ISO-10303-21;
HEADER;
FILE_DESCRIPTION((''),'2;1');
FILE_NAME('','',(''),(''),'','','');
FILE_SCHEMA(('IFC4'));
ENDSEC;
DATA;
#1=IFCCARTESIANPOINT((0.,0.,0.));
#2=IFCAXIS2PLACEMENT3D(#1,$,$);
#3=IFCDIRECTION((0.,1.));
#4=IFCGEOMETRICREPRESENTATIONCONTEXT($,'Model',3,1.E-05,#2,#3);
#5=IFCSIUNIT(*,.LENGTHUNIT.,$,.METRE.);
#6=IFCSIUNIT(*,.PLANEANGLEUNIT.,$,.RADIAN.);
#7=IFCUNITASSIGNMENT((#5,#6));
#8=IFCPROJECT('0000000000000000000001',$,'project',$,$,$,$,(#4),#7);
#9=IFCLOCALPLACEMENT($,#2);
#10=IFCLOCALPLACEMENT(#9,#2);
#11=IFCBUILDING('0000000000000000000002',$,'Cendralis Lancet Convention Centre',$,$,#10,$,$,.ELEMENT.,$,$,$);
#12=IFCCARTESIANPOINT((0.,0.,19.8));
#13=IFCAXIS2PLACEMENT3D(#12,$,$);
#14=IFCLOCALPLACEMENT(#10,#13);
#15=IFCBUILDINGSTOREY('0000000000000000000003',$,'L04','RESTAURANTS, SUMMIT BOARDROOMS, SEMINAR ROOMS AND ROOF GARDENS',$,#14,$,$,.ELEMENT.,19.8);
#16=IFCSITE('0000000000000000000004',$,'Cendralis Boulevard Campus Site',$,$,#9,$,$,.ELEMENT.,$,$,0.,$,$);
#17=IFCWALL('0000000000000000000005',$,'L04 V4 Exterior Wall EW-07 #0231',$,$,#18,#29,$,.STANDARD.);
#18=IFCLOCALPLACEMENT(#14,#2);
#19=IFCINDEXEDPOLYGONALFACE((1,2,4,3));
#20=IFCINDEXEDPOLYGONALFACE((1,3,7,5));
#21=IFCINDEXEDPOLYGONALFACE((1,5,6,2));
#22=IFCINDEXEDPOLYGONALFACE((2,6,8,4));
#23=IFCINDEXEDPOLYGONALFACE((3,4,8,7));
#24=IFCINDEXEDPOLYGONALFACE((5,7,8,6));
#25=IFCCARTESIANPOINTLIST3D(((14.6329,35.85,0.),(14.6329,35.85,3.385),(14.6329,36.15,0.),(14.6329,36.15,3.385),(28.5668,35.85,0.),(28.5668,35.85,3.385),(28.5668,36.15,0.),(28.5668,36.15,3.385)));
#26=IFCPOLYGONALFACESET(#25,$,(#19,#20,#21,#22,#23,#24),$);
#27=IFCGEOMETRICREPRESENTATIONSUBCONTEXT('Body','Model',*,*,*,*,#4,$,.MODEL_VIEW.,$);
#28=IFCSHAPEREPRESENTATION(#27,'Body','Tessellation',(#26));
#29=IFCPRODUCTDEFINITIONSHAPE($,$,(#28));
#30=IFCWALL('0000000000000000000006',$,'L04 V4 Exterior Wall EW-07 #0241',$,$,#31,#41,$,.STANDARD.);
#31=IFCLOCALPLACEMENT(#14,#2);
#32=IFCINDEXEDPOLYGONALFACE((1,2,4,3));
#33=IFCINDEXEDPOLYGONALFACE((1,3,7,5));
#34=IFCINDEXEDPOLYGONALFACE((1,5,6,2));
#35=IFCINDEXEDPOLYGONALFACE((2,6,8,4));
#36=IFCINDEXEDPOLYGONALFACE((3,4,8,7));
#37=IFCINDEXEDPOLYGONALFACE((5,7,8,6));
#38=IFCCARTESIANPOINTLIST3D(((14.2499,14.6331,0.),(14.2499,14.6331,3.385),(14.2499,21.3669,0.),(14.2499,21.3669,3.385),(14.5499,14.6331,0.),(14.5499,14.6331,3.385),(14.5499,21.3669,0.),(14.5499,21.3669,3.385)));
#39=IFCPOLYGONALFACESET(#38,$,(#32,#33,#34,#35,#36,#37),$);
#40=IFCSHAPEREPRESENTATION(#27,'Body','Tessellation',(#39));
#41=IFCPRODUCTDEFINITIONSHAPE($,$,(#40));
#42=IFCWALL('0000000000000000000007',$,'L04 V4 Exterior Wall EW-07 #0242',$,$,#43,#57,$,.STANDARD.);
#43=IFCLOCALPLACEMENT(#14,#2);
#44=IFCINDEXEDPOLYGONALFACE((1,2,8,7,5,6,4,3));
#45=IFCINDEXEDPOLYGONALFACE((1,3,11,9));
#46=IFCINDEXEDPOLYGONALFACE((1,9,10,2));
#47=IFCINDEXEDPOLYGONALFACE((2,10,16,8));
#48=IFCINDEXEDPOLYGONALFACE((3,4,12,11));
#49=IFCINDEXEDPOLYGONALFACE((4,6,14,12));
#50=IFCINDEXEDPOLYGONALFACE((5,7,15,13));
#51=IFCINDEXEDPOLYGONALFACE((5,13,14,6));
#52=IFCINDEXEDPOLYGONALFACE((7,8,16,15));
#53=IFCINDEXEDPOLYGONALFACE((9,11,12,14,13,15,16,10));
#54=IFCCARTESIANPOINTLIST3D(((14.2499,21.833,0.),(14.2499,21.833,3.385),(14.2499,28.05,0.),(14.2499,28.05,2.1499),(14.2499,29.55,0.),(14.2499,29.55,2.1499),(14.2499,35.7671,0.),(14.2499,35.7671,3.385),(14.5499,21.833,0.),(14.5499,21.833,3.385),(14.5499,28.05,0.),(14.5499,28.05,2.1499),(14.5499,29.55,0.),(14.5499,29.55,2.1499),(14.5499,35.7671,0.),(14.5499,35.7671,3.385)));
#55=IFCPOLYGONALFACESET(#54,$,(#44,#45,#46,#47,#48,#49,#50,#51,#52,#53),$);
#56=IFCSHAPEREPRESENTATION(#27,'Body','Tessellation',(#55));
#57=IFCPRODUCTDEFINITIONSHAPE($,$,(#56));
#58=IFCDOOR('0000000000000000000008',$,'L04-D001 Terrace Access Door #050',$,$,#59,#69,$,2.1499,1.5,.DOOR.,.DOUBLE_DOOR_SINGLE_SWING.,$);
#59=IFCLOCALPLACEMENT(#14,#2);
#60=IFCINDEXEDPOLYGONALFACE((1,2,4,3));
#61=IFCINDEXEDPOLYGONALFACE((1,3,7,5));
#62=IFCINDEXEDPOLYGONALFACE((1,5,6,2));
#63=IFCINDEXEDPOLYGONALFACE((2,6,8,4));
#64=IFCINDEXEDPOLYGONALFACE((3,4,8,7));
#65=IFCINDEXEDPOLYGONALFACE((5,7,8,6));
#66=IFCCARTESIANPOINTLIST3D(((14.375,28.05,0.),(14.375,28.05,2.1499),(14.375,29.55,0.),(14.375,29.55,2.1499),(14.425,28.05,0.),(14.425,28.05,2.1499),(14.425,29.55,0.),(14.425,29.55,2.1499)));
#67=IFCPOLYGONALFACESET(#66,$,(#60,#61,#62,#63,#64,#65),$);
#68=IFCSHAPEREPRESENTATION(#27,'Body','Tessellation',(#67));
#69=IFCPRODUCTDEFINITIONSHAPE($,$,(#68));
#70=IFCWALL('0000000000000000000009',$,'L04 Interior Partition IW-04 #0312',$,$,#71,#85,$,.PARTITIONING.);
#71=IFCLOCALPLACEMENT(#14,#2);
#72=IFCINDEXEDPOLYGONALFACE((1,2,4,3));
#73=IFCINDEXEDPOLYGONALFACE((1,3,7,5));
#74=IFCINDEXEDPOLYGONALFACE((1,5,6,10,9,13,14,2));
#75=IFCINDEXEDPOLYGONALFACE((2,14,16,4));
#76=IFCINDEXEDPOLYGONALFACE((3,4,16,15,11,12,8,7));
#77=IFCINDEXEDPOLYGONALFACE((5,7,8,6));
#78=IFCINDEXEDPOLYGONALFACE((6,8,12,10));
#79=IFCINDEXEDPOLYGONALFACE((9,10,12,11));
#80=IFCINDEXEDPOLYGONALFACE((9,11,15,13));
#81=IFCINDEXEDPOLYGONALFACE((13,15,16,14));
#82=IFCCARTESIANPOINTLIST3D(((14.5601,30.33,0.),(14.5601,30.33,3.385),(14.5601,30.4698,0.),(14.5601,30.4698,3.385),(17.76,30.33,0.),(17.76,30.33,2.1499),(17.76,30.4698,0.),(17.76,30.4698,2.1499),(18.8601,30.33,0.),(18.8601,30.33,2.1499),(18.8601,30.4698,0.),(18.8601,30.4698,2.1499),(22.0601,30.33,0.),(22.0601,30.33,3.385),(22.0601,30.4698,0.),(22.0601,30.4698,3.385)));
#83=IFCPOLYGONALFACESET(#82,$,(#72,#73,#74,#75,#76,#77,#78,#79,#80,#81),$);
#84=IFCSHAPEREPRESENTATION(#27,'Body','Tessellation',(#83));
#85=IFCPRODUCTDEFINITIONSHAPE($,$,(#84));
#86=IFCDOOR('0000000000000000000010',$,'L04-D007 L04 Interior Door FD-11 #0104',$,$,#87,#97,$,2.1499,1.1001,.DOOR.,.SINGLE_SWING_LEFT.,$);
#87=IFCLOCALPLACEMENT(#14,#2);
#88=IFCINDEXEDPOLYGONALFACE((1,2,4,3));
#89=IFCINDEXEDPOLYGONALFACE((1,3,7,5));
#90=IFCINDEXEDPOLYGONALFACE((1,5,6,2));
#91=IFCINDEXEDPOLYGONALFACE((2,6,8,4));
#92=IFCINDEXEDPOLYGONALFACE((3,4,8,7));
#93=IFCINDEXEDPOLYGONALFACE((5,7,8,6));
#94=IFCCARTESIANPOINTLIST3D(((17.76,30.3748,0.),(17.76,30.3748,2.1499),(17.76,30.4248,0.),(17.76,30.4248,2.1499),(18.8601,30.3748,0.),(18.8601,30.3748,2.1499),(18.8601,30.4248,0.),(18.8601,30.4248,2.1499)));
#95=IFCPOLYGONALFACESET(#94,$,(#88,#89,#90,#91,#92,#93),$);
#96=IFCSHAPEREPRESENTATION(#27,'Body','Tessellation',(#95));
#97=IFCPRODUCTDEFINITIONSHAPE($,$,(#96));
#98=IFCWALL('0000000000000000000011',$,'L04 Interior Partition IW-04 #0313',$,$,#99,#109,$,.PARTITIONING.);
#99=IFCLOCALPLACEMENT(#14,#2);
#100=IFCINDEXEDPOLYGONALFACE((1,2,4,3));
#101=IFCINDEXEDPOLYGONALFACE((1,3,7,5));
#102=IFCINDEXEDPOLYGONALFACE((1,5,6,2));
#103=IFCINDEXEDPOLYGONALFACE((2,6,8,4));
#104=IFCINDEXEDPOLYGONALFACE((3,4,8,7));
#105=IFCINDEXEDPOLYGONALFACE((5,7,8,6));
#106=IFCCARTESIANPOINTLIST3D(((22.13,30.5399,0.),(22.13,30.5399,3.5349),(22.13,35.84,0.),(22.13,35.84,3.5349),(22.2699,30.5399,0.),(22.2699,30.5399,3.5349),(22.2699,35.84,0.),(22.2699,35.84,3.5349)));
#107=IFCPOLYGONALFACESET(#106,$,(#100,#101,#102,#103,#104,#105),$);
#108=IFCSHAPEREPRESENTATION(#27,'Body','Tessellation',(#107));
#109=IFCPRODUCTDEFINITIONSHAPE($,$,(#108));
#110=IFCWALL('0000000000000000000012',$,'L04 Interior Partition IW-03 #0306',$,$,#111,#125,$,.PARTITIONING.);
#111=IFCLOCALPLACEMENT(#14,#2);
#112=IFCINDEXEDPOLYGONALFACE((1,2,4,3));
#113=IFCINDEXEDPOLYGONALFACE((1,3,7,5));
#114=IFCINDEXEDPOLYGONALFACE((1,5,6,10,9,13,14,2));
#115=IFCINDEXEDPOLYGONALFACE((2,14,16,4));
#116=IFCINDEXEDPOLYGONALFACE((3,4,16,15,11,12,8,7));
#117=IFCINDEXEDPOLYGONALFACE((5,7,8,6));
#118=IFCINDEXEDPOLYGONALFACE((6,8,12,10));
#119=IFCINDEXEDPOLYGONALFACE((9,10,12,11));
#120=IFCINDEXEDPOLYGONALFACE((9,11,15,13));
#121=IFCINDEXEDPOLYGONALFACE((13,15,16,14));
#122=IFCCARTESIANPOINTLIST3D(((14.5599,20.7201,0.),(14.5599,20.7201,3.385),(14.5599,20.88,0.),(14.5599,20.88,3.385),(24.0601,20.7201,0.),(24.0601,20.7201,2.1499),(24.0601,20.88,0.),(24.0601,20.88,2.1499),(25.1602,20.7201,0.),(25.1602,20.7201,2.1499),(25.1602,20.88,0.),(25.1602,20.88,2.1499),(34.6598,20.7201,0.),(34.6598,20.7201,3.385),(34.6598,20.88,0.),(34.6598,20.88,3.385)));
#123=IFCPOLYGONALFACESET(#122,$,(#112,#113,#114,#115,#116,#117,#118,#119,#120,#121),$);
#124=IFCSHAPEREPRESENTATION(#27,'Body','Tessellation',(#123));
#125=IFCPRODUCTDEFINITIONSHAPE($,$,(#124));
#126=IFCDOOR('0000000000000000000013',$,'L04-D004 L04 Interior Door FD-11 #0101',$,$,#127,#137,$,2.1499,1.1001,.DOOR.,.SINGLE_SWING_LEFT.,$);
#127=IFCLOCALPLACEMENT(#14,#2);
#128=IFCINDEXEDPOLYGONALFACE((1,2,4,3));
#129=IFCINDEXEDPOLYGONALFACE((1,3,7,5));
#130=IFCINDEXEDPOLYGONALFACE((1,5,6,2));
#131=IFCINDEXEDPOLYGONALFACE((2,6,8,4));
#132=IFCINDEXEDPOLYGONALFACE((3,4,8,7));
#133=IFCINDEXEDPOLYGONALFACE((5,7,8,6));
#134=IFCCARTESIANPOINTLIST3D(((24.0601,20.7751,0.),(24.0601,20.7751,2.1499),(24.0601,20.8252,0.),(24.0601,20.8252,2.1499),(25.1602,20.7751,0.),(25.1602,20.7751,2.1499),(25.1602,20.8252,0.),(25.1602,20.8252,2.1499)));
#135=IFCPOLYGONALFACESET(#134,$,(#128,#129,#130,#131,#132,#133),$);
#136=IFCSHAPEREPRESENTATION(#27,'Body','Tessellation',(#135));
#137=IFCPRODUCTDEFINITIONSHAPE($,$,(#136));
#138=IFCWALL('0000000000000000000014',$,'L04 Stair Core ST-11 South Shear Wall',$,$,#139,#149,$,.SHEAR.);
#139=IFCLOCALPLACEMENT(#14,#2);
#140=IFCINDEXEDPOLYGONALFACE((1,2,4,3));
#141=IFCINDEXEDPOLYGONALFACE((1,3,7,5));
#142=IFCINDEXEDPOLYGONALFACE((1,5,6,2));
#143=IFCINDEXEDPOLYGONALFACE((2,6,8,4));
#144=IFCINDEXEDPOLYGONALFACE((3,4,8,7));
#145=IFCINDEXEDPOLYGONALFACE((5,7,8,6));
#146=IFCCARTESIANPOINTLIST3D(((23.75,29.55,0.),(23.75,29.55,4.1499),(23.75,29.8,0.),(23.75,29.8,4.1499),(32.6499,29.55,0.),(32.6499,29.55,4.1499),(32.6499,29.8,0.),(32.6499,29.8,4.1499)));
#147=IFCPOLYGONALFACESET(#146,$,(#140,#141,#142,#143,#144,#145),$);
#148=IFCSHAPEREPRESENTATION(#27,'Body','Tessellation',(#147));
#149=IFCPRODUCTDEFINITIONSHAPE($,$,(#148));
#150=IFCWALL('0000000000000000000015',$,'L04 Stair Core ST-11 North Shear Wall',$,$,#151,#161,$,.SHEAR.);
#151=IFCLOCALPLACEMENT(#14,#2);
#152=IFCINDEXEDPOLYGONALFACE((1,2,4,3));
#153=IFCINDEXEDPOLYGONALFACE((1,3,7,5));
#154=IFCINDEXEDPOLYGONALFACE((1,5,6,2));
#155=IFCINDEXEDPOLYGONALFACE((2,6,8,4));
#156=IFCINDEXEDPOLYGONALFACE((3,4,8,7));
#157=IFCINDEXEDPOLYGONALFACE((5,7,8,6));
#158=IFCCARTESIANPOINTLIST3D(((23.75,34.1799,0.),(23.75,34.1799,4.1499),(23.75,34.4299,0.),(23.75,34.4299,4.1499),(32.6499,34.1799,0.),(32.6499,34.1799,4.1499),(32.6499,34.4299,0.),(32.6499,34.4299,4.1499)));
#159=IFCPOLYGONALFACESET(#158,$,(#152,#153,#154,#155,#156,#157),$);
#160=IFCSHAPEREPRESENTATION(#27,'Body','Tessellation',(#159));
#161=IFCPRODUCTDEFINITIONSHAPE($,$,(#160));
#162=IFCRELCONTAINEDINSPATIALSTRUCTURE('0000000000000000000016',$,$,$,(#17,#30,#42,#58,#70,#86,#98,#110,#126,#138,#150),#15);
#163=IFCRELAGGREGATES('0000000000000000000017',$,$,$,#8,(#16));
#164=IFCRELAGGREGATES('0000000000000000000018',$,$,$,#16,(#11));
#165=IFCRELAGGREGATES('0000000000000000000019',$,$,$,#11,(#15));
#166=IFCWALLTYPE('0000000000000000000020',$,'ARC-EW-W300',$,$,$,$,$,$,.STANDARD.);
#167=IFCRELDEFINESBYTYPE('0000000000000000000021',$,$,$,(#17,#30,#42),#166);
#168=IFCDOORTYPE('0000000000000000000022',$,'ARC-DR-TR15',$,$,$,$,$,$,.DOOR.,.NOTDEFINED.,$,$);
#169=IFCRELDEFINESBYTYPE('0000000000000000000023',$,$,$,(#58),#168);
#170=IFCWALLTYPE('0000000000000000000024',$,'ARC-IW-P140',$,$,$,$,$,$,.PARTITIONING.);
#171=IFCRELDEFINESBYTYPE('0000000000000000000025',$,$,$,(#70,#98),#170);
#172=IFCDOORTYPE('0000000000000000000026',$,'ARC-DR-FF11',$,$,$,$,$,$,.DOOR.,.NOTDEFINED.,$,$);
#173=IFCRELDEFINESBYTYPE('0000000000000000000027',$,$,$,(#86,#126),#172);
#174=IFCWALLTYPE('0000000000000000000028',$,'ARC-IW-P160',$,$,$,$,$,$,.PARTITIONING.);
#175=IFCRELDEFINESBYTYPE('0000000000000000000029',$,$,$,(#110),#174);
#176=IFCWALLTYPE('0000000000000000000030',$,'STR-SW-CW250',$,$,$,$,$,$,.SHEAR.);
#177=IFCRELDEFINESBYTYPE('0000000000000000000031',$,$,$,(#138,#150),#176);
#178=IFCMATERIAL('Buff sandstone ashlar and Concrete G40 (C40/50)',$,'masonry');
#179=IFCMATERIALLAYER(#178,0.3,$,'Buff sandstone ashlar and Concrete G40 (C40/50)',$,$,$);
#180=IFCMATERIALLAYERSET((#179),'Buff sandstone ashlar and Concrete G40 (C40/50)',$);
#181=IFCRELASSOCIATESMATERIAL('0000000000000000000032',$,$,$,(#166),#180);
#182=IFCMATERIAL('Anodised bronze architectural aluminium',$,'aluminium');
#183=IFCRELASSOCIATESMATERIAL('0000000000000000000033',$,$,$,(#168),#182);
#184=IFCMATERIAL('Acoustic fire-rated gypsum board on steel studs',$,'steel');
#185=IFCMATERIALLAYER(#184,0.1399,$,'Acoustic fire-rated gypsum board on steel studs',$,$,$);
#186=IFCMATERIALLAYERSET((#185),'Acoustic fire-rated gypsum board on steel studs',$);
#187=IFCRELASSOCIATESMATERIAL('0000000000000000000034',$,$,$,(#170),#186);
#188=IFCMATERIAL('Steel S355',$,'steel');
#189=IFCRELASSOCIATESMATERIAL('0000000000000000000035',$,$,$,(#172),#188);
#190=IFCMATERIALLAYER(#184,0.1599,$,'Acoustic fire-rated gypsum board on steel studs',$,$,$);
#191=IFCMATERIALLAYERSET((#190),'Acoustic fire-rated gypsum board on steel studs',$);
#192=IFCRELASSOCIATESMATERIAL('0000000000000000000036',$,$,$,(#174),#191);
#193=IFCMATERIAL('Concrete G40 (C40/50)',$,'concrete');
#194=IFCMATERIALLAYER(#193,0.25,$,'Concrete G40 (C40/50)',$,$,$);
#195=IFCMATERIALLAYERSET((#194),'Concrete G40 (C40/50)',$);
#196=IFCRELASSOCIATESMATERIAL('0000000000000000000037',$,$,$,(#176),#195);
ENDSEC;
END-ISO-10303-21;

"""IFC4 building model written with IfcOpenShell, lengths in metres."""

from ifc_helpers import new_model, si_unit, direction, frame, frame_2d, origin, place, context, subcontext, project, spatial, rectangle, extrude, material, layer, layer_set, type_object, element, fill, save


model = new_model("IFC4")

# Units and contexts
model_context = context("Model", 3, precision=1e-05, world=origin(), true_north=direction((0.0, 1.0)))
body_context = subcontext(model_context, "Body", "Model", "MODEL_VIEW")
ifc_project = project(units=[si_unit("LENGTHUNIT", "METRE"), si_unit("PLANEANGLEUNIT", "RADIAN")], contexts=[model_context])

# Site, building, storey
site_placement = place(None, origin())
site = spatial("IfcSite", under=ifc_project, at=site_placement, Name="Cendralis Boulevard Campus Site", CompositionType="ELEMENT", RefElevation=0.0)
building_placement = place(site_placement, origin())
building = spatial("IfcBuilding", under=site, at=building_placement, Name="Cendralis Lancet Convention Centre", CompositionType="ELEMENT")
storey_placement = place(building_placement, frame((0.0, 0.0, 19.8)))
storey = spatial("IfcBuildingStorey", under=building, at=storey_placement, Name="L04", Description="RESTAURANTS, SUMMIT BOARDROOMS, SEMINAR ROOMS AND ROOF GARDENS", CompositionType="ELEMENT", Elevation=19.8)

# Shared definitions
ifc_material_1 = material(Name="Concrete G40 (C40/50)", Category="concrete")

# Shared definitions
ifc_material_2 = material(Name="Steel S355", Category="steel")

# Walls
ifc_material_3 = material(Name="Buff sandstone ashlar and Concrete G40 (C40/50)", Category="masonry")
ifc_layer_1 = layer(ifc_material_3, 0.3, Name="Buff sandstone ashlar and Concrete G40 (C40/50)")
ifc_layer_set_1 = layer_set([ifc_layer_1], Name="Buff sandstone ashlar and Concrete G40 (C40/50)")
wall_type_1 = type_object("IfcWallType", Name="ARC-EW-W300", PredefinedType="STANDARD", material=ifc_layer_set_1)
wall_1_placement = place(storey_placement, frame((14.6331, 36.0, 0.0), z_axis=(0.0, 0.0, 1.0), x_axis=(1.0, 0.0, 0.0)))
element("IfcWall", 1, at=wall_1_placement, inside=storey, type_object=wall_type_1, Name="L04 V4 Exterior Wall EW-07 #0231", PredefinedType="STANDARD", context=body_context, shape_type="SweptSolid", body=[
    extrude(rectangle(XDim=13.9338, YDim=0.3, at=frame_2d((6.9668, 0.0))), origin(), (0.0, 0.0, 1.0), 3.385),
])
wall_2_placement = place(storey_placement, frame((14.3999, 14.6331, 0.0), z_axis=(0.0, 0.0, 1.0), x_axis=(0.0, 1.0, 0.0)))
element("IfcWall", 2, at=wall_2_placement, inside=storey, type_object=wall_type_1, Name="L04 V4 Exterior Wall EW-07 #0241", PredefinedType="STANDARD", context=body_context, shape_type="SweptSolid", body=[
    extrude(rectangle(XDim=6.7339, YDim=0.3, at=frame_2d((3.3669, 0.0))), origin(), (0.0, 0.0, 1.0), 3.385),
])

# Walls, openings, doors
wall_3_placement = place(storey_placement, frame((14.3999, 21.833, 0.0), z_axis=(0.0, 0.0, 1.0), x_axis=(0.0, 1.0, 0.0)))
wall_3 = element("IfcWall", 3, at=wall_3_placement, inside=storey, type_object=wall_type_1, Name="L04 V4 Exterior Wall EW-07 #0242", PredefinedType="STANDARD", context=body_context, shape_type="SweptSolid", body=[
    extrude(rectangle(XDim=13.9341, YDim=0.3, at=frame_2d((6.967, 0.0))), origin(), (0.0, 0.0, 1.0), 3.385),
])
opening_1_placement = place(wall_3_placement, frame((6.217, 0.0, 0.0)))
opening_1 = element("IfcOpeningElement", 4, at=opening_1_placement, cuts=wall_3, PredefinedType="OPENING", context=body_context, shape_type="SweptSolid", body=[
    extrude(rectangle(XDim=1.5, YDim=2.1499, at=frame_2d((0.75, 1.075))), frame((0.0, 0.1599, 0.0), z_axis=(0.0, -1.0, 0.0), x_axis=(1.0, 0.0, 0.0)), (0.0, 0.0, 1.0), 0.3201),
])
ifc_material_4 = material(Name="Anodised bronze architectural aluminium", Category="aluminium")
door_type_1 = type_object("IfcDoorType", Name="ARC-DR-TR15", OperationType="NOTDEFINED", PredefinedType="DOOR", material=ifc_material_4)
door_1_placement = place(opening_1_placement, origin())
door_1 = element("IfcDoor", 5, at=door_1_placement, inside=storey, type_object=door_type_1, Name="L04-D001 Terrace Access Door #050", OperationType="DOUBLE_DOOR_SINGLE_SWING", OverallHeight=2.1499, OverallWidth=1.5, PredefinedType="DOOR", context=body_context, shape_type="SweptSolid", body=[
    extrude(rectangle(XDim=1.5, YDim=2.1499, at=frame_2d((0.75, 1.075))), frame((0.0, 0.0249, 0.0), z_axis=(0.0, -1.0, 0.0), x_axis=(1.0, 0.0, 0.0)), (0.0, 0.0, 1.0), 0.05),
])
fill(opening_1, door_1)
ifc_material_5 = material(Name="Acoustic fire-rated gypsum board on steel studs", Category="steel")
ifc_layer_2 = layer(ifc_material_5, 0.1399, Name="Acoustic fire-rated gypsum board on steel studs")
ifc_layer_set_2 = layer_set([ifc_layer_2], Name="Acoustic fire-rated gypsum board on steel studs")
wall_type_2 = type_object("IfcWallType", Name="ARC-IW-P140", PredefinedType="PARTITIONING", material=ifc_layer_set_2)
wall_4_placement = place(storey_placement, frame((14.5601, 30.3999, 0.0), z_axis=(0.0, 0.0, 1.0), x_axis=(1.0, 0.0, 0.0)))
wall_4 = element("IfcWall", 6, at=wall_4_placement, inside=storey, type_object=wall_type_2, Name="L04 Interior Partition IW-04 #0312", PredefinedType="PARTITIONING", context=body_context, shape_type="SweptSolid", body=[
    extrude(rectangle(XDim=7.5, YDim=0.1399, at=frame_2d((3.75, 0.0))), origin(), (0.0, 0.0, 1.0), 3.385),
])
opening_2_placement = place(wall_4_placement, frame((3.2, 0.0, 0.0)))
opening_2 = element("IfcOpeningElement", 7, at=opening_2_placement, cuts=wall_4, PredefinedType="OPENING", context=body_context, shape_type="SweptSolid", body=[
    extrude(rectangle(XDim=1.1001, YDim=2.1499, at=frame_2d((0.55, 1.075))), frame((0.0, 0.0798, 0.0), z_axis=(0.0, -1.0, 0.0), x_axis=(1.0, 0.0, 0.0)), (0.0, 0.0, 1.0), 0.1599),
])
door_type_2 = type_object("IfcDoorType", Name="ARC-DR-FF11", OperationType="NOTDEFINED", PredefinedType="DOOR", material=ifc_material_2)
door_2_placement = place(opening_2_placement, origin())
door_2 = element("IfcDoor", 8, at=door_2_placement, inside=storey, type_object=door_type_2, Name="L04-D007 L04 Interior Door FD-11 #0104", OperationType="SINGLE_SWING_LEFT", OverallHeight=2.1499, OverallWidth=1.1001, PredefinedType="DOOR", context=body_context, shape_type="SweptSolid", body=[
    extrude(rectangle(XDim=1.1001, YDim=2.1499, at=frame_2d((0.55, 1.075))), frame((0.0, 0.0249, 0.0), z_axis=(0.0, -1.0, 0.0), x_axis=(1.0, 0.0, 0.0)), (0.0, 0.0, 1.0), 0.05),
])
fill(opening_2, door_2)

# Wall
wall_5_placement = place(storey_placement, frame((22.2, 30.54, 0.0), z_axis=(0.0, 0.0, 1.0), x_axis=(0.0, 1.0, 0.0)))
element("IfcWall", 9, at=wall_5_placement, inside=storey, type_object=wall_type_2, Name="L04 Interior Partition IW-04 #0313", PredefinedType="PARTITIONING", context=body_context, shape_type="SweptSolid", body=[
    extrude(rectangle(XDim=5.3, YDim=0.1399, at=frame_2d((2.6499, 0.0))), origin(), (0.0, 0.0, 1.0), 3.5349),
])

# Wall, opening, door
ifc_layer_3 = layer(ifc_material_5, 0.1599, Name="Acoustic fire-rated gypsum board on steel studs")
ifc_layer_set_3 = layer_set([ifc_layer_3], Name="Acoustic fire-rated gypsum board on steel studs")
wall_type_3 = type_object("IfcWallType", Name="ARC-IW-P160", PredefinedType="PARTITIONING", material=ifc_layer_set_3)
wall_6_placement = place(storey_placement, frame((14.5601, 20.8, 0.0), z_axis=(0.0, 0.0, 1.0), x_axis=(1.0, 0.0, 0.0)))
wall_6 = element("IfcWall", 10, at=wall_6_placement, inside=storey, type_object=wall_type_3, Name="L04 Interior Partition IW-03 #0306", PredefinedType="PARTITIONING", context=body_context, shape_type="SweptSolid", body=[
    extrude(rectangle(XDim=20.0999, YDim=0.1599, at=frame_2d((10.0498, 0.0))), origin(), (0.0, 0.0, 1.0), 3.385),
])
opening_3_placement = place(wall_6_placement, frame((9.5, 0.0, 0.0)))
opening_3 = element("IfcOpeningElement", 11, at=opening_3_placement, cuts=wall_6, PredefinedType="OPENING", context=body_context, shape_type="SweptSolid", body=[
    extrude(rectangle(XDim=1.1001, YDim=2.1499, at=frame_2d((0.55, 1.075))), frame((0.0, 0.0898, 0.0), z_axis=(0.0, -1.0, 0.0), x_axis=(1.0, 0.0, 0.0)), (0.0, 0.0, 1.0), 0.1799),
])
door_3_placement = place(opening_3_placement, frame((1.1001, 0.0, 0.0), z_axis=(0.0, 0.0, 1.0), x_axis=(-1.0, 0.0, 0.0)))
door_3 = element("IfcDoor", 12, at=door_3_placement, inside=storey, type_object=door_type_2, Name="L04-D004 L04 Interior Door FD-11 #0101", OperationType="SINGLE_SWING_LEFT", OverallHeight=2.1499, OverallWidth=1.1001, PredefinedType="DOOR", context=body_context, shape_type="SweptSolid", body=[
    extrude(rectangle(XDim=1.1001, YDim=2.1499, at=frame_2d((0.55, 1.075))), frame((0.0, 0.0249, 0.0), z_axis=(0.0, -1.0, 0.0), x_axis=(1.0, 0.0, 0.0)), (0.0, 0.0, 1.0), 0.05),
])
fill(opening_3, door_3)
ifc_layer_4 = layer(ifc_material_1, 0.25, Name="Concrete G40 (C40/50)")
ifc_layer_set_4 = layer_set([ifc_layer_4], Name="Concrete G40 (C40/50)")
wall_type_4 = type_object("IfcWallType", Name="STR-SW-CW250", PredefinedType="SHEAR", material=ifc_layer_set_4)

# Walls
for number, where, z_axis, x_axis, name in (
    (13, (23.75, 29.675, 0.0), (0.0, 0.0, 1.0), (1.0, 0.0, 0.0), "L04 Stair Core ST-11 South Shear Wall"),
    (14, (23.75, 34.3049, 0.0), (0.0, 0.0, 1.0), (1.0, 0.0, 0.0), "L04 Stair Core ST-11 North Shear Wall"),
):
    element("IfcWall", number, at=place(storey_placement, frame(where, z_axis=z_axis, x_axis=x_axis)), inside=storey, type_object=wall_type_4, Name=name, PredefinedType="SHEAR", context=body_context, shape_type="SweptSolid", body=[
        extrude(rectangle(XDim=8.8999, YDim=0.25, at=frame_2d((4.45, 0.0))), origin(), (0.0, 0.0, 1.0), 4.1499),
    ])

save(model, "model.ifc")
